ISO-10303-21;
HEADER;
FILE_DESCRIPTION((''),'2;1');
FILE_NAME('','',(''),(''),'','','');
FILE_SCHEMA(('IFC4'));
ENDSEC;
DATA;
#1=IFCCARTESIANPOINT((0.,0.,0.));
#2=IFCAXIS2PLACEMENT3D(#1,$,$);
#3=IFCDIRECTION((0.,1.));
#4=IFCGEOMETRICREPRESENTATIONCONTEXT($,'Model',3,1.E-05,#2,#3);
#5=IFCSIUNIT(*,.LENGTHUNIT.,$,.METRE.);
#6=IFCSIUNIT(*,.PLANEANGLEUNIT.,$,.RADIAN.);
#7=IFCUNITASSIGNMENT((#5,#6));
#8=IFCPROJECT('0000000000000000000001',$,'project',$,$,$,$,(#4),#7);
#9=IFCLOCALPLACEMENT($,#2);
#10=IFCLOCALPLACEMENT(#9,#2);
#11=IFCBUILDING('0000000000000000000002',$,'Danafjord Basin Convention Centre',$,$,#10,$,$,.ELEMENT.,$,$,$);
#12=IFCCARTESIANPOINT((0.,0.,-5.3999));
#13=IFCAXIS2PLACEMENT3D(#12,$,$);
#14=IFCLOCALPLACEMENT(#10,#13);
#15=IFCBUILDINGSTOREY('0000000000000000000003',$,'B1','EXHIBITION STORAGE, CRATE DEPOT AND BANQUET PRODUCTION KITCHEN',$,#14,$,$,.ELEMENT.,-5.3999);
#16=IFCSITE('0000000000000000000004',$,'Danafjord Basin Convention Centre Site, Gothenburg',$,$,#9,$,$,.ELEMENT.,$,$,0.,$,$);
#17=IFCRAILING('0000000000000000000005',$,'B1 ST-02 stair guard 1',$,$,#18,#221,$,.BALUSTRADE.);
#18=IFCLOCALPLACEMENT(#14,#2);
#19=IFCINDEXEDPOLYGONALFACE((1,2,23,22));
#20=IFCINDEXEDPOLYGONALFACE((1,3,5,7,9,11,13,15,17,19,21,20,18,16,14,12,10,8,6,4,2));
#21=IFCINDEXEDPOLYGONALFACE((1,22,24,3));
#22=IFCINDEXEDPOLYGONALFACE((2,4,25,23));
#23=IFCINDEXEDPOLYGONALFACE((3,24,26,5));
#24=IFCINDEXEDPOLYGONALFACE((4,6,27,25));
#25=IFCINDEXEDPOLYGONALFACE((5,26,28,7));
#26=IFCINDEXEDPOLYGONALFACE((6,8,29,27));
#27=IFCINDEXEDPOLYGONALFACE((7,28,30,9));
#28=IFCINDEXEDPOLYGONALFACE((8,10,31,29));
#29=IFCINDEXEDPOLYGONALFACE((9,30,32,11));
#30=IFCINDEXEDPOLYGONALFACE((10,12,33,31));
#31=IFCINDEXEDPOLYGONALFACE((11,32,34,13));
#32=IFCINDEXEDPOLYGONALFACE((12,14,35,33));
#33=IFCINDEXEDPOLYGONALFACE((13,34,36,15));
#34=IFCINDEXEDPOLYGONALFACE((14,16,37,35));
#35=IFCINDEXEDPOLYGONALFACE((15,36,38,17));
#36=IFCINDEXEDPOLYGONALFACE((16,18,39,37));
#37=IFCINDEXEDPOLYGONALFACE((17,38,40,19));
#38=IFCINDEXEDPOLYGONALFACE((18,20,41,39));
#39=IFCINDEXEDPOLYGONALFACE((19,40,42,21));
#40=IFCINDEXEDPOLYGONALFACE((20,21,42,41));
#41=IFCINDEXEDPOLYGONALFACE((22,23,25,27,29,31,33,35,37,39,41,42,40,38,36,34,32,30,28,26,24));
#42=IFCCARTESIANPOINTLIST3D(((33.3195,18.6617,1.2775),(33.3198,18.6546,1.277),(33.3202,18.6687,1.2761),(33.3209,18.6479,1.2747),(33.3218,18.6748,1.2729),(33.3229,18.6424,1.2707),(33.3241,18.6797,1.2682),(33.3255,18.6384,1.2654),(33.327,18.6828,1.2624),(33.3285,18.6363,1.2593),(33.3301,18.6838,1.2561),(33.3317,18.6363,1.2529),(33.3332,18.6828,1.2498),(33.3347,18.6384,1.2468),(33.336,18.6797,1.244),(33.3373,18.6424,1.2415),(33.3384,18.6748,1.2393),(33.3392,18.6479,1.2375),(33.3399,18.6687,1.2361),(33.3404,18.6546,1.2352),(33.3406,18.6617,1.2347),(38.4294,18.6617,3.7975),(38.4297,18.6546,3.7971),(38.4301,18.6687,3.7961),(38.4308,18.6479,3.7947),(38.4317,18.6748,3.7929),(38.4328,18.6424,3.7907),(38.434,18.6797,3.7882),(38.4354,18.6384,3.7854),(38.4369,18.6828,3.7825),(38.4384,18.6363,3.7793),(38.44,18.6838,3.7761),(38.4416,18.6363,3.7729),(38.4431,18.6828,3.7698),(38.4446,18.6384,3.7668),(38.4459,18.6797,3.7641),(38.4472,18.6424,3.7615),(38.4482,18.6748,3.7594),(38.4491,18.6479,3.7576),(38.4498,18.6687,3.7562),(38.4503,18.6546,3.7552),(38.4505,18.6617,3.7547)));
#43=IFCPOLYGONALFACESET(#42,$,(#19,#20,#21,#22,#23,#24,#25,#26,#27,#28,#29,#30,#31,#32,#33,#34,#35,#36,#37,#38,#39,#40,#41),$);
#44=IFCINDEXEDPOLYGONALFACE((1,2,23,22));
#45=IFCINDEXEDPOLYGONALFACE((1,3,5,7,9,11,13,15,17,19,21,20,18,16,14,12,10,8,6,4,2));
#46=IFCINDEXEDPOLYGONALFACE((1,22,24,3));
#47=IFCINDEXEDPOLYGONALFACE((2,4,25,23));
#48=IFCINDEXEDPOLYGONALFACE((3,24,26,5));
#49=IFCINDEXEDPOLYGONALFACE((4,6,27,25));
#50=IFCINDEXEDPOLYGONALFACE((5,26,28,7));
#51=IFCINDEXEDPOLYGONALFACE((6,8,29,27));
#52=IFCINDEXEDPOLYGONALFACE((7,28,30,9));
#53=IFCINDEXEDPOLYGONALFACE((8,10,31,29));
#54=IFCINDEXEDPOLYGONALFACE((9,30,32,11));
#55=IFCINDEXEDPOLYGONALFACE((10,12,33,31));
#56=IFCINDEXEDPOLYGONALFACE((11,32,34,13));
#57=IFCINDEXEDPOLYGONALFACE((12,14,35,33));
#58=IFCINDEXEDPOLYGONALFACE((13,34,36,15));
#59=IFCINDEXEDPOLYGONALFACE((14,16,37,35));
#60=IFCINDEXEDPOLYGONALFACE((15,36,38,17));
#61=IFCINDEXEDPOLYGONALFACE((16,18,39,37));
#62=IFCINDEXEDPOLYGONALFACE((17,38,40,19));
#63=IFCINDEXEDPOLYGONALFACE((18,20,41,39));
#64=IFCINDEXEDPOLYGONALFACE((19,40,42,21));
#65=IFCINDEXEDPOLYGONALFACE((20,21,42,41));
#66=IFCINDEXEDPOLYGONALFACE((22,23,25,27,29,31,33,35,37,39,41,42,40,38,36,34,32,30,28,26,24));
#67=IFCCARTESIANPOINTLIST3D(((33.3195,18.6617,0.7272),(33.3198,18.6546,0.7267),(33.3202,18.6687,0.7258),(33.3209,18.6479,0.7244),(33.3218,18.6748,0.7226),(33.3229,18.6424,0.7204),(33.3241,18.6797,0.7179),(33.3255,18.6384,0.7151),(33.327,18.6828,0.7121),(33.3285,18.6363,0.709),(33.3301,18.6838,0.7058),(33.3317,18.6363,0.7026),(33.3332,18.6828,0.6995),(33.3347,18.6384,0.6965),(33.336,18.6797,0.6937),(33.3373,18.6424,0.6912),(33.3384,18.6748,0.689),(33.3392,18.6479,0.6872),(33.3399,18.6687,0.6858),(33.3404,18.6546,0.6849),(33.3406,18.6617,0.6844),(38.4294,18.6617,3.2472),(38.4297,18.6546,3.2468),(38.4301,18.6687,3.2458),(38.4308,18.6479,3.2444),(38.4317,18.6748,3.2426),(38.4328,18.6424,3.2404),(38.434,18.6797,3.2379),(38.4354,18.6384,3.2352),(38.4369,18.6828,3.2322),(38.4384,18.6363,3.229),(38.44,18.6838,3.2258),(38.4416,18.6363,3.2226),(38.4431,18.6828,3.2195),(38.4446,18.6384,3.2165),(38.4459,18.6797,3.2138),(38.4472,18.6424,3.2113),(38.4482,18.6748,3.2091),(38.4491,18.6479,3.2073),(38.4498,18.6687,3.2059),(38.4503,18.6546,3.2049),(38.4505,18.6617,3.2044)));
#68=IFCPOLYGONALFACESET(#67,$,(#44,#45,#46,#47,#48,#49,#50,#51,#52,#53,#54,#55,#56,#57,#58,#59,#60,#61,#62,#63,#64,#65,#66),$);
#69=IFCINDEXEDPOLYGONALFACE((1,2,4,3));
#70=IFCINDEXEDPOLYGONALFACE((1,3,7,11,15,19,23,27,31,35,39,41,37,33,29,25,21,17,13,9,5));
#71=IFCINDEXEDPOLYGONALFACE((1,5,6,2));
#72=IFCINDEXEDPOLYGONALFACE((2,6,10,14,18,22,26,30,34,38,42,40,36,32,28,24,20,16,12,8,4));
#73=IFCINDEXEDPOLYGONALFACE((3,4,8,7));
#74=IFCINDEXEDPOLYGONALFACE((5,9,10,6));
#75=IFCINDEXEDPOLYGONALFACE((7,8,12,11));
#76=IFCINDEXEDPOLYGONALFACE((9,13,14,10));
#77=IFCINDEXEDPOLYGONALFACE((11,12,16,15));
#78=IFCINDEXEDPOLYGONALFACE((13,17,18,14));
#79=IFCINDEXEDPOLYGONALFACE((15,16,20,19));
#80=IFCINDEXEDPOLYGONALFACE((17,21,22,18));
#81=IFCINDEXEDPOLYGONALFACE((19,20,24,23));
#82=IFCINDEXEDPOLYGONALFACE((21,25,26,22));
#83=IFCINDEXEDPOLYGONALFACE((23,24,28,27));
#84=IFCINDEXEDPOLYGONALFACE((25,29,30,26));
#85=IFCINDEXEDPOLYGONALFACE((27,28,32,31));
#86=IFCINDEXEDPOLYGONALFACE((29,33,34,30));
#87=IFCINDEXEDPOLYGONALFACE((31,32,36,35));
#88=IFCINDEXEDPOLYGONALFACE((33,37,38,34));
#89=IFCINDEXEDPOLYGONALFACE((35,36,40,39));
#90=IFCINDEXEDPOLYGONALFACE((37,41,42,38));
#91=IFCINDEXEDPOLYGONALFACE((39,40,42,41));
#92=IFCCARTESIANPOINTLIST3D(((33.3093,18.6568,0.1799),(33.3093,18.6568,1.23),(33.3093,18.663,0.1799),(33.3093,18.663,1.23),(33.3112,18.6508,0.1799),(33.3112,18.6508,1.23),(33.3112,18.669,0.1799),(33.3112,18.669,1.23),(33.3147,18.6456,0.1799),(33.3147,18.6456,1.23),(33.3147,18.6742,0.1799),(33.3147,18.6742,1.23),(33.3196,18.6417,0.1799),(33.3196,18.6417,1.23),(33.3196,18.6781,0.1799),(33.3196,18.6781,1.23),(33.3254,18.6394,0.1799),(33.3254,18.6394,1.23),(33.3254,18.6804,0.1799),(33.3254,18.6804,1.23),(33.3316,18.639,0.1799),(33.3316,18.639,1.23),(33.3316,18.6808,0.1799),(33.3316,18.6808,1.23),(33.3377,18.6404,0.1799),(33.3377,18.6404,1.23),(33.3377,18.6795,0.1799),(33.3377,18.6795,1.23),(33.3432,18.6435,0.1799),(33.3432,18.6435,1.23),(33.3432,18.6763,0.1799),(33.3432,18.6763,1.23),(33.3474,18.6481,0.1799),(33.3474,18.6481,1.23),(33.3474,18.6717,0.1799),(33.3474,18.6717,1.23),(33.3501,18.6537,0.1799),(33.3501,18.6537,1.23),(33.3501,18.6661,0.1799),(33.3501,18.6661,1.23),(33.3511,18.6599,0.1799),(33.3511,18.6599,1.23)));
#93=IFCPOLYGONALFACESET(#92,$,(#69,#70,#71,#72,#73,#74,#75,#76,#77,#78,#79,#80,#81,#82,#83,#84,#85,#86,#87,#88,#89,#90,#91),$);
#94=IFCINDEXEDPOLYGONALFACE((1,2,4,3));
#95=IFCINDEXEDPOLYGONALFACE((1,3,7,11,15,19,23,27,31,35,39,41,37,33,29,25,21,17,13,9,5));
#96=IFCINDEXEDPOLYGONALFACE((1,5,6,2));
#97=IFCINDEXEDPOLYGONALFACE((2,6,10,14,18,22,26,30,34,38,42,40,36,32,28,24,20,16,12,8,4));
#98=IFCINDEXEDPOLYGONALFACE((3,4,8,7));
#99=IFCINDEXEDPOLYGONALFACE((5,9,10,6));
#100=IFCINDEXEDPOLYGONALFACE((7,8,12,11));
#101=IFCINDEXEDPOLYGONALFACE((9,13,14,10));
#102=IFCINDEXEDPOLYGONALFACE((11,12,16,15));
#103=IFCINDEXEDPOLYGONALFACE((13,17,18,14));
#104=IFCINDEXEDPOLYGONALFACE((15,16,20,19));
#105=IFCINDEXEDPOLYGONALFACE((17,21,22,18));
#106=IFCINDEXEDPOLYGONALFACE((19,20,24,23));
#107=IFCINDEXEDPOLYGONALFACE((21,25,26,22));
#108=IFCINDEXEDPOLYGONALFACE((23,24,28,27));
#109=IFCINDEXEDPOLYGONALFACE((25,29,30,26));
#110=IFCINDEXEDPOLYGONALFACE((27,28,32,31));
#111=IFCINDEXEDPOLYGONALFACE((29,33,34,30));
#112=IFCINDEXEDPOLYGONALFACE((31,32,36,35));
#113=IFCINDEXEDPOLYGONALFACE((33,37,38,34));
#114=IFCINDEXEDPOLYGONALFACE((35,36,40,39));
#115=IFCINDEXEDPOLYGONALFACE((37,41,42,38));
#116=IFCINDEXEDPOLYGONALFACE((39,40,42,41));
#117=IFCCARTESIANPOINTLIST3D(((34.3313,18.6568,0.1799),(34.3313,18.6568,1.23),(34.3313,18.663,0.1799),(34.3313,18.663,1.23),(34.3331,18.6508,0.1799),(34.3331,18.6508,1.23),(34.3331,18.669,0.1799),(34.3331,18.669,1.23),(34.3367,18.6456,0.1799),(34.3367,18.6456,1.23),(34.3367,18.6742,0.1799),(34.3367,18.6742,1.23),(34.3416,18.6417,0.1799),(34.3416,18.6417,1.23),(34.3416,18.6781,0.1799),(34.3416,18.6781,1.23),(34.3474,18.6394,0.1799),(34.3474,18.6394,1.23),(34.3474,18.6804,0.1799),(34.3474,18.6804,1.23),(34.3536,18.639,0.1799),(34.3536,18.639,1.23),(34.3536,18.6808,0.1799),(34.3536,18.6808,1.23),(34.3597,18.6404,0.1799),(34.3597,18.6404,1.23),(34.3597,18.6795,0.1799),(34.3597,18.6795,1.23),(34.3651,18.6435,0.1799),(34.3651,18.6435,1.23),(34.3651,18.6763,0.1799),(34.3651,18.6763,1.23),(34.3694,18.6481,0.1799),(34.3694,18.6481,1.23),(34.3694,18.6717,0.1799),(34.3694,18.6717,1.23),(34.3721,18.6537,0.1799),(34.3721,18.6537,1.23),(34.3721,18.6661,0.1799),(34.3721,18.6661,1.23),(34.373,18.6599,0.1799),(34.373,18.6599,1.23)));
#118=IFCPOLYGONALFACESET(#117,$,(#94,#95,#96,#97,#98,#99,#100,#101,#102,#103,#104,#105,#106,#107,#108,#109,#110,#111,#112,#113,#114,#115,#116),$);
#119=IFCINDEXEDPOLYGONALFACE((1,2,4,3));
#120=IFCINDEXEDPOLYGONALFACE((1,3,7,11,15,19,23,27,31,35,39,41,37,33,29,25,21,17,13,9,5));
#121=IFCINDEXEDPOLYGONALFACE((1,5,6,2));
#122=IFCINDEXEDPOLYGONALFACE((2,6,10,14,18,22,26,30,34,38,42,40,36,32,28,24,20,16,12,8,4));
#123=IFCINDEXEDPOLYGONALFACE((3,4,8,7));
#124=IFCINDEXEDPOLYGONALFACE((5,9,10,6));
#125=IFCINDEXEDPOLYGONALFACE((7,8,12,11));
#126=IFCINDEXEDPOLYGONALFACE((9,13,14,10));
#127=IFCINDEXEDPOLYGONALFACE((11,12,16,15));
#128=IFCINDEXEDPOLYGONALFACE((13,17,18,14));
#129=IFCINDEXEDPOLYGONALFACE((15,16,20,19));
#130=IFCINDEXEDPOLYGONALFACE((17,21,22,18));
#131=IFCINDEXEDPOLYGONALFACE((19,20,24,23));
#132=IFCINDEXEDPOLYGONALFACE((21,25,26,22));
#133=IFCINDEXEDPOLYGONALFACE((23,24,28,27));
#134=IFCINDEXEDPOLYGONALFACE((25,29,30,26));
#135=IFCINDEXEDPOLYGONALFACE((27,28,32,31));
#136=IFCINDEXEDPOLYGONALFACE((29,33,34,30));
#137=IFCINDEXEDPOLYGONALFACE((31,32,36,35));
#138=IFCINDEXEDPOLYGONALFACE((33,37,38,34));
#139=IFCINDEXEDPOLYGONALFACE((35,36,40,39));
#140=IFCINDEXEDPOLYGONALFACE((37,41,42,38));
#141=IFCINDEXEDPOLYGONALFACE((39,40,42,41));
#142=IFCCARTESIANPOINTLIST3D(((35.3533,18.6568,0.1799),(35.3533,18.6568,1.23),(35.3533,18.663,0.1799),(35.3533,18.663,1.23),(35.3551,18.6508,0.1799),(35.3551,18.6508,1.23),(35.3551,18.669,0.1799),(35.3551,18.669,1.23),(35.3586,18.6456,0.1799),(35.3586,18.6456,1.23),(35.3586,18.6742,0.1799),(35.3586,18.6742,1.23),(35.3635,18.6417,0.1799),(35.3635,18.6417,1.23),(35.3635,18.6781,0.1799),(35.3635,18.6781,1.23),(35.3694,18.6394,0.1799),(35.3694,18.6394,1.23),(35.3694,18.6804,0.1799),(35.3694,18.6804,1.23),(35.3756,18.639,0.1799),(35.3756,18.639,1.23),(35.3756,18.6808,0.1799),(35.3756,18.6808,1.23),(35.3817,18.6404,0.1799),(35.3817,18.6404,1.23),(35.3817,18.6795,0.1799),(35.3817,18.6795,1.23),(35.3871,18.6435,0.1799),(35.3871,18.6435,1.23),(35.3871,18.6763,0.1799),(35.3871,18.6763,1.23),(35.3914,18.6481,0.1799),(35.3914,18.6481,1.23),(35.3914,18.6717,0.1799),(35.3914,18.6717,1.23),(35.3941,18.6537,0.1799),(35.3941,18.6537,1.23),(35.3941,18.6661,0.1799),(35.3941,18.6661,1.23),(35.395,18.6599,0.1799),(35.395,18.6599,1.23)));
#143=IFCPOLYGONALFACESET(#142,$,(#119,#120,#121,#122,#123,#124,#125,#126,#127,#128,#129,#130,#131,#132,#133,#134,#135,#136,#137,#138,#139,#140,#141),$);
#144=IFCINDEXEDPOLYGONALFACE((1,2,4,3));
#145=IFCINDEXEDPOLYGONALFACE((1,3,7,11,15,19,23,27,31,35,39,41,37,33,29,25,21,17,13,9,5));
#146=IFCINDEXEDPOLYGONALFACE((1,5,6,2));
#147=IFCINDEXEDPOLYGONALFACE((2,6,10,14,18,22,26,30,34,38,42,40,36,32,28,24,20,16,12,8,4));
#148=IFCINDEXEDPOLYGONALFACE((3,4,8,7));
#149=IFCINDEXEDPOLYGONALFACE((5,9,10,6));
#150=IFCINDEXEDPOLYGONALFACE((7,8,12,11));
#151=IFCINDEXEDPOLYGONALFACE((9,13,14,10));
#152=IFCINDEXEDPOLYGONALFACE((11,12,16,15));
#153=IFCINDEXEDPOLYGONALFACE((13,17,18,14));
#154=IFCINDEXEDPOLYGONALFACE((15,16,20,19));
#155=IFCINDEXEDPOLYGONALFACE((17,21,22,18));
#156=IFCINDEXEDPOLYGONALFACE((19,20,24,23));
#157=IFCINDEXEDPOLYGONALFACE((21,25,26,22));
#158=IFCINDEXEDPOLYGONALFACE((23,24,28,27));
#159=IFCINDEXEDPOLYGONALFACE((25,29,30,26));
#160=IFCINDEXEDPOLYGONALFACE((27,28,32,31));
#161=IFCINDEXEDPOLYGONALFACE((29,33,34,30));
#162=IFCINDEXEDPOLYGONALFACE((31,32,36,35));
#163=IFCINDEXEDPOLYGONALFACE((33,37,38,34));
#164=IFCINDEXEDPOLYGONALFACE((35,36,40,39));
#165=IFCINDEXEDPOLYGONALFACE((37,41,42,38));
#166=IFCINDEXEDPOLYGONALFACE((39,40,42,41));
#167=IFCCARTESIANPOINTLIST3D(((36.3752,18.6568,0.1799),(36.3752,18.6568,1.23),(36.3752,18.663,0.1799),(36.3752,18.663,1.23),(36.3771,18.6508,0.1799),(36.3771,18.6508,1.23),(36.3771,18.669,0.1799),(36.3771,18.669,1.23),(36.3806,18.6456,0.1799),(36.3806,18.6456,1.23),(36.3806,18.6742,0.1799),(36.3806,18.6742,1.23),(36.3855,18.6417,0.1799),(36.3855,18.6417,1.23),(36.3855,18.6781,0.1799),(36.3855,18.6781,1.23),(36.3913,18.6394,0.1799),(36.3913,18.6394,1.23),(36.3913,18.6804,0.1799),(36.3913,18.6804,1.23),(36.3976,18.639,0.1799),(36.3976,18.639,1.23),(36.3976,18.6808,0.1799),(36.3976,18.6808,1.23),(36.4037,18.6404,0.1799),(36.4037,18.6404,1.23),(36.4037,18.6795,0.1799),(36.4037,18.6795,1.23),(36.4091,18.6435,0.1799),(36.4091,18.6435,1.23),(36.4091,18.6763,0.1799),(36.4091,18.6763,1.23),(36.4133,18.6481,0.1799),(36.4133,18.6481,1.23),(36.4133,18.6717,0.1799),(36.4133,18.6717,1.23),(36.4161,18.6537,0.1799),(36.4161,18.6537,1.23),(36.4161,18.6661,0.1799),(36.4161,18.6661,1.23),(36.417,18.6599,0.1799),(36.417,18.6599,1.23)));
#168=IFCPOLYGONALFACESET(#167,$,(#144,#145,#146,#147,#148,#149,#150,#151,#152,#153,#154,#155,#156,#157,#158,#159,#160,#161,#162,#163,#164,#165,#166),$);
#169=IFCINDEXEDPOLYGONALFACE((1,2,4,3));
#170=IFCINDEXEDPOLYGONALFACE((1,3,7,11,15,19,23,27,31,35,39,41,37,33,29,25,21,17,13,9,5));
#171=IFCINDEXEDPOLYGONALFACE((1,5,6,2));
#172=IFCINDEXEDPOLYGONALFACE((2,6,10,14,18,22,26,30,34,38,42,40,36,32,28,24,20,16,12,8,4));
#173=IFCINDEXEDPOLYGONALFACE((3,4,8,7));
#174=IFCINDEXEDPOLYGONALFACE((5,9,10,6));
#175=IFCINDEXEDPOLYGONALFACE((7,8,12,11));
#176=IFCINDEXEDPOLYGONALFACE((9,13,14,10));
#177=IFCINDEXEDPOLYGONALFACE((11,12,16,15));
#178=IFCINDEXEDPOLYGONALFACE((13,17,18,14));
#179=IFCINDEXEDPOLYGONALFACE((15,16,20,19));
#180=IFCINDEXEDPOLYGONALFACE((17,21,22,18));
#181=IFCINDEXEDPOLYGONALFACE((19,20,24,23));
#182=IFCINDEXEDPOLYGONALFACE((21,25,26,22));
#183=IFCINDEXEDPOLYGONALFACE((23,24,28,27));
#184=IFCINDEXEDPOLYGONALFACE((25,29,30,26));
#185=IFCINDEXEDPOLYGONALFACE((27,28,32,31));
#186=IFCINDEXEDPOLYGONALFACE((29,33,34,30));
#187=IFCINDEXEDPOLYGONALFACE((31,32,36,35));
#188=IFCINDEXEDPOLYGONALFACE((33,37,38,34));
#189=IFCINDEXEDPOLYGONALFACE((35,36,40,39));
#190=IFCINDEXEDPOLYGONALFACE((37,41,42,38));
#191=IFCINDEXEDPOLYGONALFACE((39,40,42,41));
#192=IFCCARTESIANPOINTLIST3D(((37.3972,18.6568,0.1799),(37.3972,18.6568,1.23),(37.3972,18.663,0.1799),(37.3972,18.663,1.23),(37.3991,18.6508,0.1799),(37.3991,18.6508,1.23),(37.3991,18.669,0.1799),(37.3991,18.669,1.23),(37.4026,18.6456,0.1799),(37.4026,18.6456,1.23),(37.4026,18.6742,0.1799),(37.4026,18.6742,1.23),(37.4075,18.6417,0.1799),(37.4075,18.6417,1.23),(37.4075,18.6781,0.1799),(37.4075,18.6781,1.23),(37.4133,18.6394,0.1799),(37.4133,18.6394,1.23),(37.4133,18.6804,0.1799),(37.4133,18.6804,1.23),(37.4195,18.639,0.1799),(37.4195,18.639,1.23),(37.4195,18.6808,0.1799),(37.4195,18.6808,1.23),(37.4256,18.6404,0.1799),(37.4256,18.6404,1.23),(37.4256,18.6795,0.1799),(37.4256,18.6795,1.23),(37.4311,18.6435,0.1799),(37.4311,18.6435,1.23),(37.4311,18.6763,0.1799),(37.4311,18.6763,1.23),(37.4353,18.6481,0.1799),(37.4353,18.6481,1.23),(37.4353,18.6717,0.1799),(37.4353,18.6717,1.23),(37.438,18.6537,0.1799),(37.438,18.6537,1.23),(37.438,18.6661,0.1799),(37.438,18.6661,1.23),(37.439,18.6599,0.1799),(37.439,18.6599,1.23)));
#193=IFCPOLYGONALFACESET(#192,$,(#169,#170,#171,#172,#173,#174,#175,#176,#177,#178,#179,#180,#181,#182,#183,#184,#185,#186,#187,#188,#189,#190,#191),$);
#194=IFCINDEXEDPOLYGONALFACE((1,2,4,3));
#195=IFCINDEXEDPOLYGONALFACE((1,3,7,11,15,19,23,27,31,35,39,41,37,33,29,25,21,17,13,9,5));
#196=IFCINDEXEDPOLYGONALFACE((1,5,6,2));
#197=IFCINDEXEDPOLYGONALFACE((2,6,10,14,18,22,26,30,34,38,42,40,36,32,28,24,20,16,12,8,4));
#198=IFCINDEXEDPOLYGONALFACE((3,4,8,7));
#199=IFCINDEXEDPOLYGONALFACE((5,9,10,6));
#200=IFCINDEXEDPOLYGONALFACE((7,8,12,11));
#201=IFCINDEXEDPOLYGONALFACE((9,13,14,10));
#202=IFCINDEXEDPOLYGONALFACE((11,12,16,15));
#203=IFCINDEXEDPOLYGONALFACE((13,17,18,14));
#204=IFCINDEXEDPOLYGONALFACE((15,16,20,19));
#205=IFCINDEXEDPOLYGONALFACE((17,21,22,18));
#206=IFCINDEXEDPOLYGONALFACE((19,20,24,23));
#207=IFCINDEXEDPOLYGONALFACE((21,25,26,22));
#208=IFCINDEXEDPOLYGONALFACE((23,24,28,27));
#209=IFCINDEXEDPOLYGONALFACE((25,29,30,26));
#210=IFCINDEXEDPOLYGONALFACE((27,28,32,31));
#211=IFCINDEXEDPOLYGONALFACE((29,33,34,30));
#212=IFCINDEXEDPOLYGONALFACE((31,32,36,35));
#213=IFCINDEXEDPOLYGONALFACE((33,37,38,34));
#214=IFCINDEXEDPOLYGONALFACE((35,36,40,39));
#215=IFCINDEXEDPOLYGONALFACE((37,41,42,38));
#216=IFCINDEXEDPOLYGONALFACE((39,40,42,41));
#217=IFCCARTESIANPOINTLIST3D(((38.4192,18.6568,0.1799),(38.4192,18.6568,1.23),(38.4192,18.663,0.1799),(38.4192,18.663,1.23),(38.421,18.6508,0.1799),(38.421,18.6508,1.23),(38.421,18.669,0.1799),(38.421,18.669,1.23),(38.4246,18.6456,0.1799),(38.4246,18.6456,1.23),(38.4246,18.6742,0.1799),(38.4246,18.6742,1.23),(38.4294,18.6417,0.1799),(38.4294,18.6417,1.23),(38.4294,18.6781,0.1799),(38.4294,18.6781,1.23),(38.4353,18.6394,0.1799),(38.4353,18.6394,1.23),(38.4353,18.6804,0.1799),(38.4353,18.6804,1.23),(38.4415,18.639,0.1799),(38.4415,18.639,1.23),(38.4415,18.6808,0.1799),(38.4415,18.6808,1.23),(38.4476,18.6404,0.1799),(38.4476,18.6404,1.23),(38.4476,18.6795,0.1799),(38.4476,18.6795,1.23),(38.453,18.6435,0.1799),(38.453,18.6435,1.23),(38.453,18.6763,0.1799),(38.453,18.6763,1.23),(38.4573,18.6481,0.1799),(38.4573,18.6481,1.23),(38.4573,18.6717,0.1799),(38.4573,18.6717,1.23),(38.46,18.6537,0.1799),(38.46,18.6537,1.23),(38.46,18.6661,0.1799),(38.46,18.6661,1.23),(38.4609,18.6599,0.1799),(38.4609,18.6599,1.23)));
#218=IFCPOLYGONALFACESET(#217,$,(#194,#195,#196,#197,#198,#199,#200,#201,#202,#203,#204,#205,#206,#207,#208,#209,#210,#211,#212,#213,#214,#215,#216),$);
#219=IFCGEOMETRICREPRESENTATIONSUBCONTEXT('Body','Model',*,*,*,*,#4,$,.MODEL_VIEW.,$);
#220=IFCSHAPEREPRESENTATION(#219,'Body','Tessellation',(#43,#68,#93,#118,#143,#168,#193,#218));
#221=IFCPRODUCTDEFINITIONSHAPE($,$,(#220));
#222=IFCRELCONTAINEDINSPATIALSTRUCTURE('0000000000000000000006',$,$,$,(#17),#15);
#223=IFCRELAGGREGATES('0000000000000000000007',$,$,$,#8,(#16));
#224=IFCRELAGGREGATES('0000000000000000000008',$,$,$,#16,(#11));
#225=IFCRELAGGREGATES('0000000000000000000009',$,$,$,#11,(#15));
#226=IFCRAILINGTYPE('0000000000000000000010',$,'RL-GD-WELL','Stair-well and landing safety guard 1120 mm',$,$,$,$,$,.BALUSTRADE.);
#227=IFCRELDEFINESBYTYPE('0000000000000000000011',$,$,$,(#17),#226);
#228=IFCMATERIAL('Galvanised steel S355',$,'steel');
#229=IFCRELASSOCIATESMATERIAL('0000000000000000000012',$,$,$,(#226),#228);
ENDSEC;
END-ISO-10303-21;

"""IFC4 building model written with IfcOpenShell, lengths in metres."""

from ifc_helpers import new_model, si_unit, direction, frame, origin, origin_2d, place, context, subcontext, project, spatial, circle, extrude, material, type_object, element, save


model = new_model("IFC4")

# Units and contexts
model_context = context("Model", 3, precision=1e-05, world=origin(), true_north=direction((0.0, 1.0)))
body_context = subcontext(model_context, "Body", "Model", "MODEL_VIEW")
ifc_project = project(units=[si_unit("LENGTHUNIT", "METRE"), si_unit("PLANEANGLEUNIT", "RADIAN")], contexts=[model_context])

# Site, building, storey
site_placement = place(None, origin())
site = spatial("IfcSite", under=ifc_project, at=site_placement, Name="Danafjord Basin Convention Centre Site, Gothenburg", CompositionType="ELEMENT", RefElevation=0.0)
building_placement = place(site_placement, origin())
building = spatial("IfcBuilding", under=site, at=building_placement, Name="Danafjord Basin Convention Centre", CompositionType="ELEMENT")
storey_placement = place(building_placement, frame((0.0, 0.0, -5.3999)))
storey = spatial("IfcBuildingStorey", under=building, at=storey_placement, Name="B1", Description="EXHIBITION STORAGE, CRATE DEPOT AND BANQUET PRODUCTION KITCHEN", CompositionType="ELEMENT", Elevation=-5.3999)

# Railing
ifc_material_1 = material(Name="Galvanised steel S355", Category="steel")
railing_type_1 = type_object("IfcRailingType", Name="RL-GD-WELL", Description="Stair-well and landing safety guard 1120 mm", PredefinedType="BALUSTRADE", material=ifc_material_1)
railing_1_placement = place(storey_placement, frame((33.3301, 18.6599, 0.1799)))
element("IfcRailing", 1, at=railing_1_placement, inside=storey, type_object=railing_type_1, Name="B1 ST-02 stair guard 1", PredefinedType="BALUSTRADE", context=body_context, shape_type="SweptSolid", body=[
    extrude(circle(Radius=0.0239, at=origin_2d()), frame((0.0, 0.0, 1.0762), z_axis=(0.896865, 0.0, 0.442305), x_axis=(0.0, 1.0, 0.0)), (0.0, 0.0, 1.0), 5.6975),
    extrude(circle(Radius=0.0239, at=origin_2d()), frame((0.0, 0.0, 0.5259), z_axis=(0.896865, 0.0, 0.442305), x_axis=(0.0, 1.0, 0.0)), (0.0, 0.0, 1.0), 5.6975),
    extrude(circle(Radius=0.021, at=origin_2d()), origin(), (0.0, 0.0, 1.0), 1.05),
    extrude(circle(Radius=0.021, at=origin_2d()), frame((1.022, 0.0, 0.0)), (0.0, 0.0, 1.0), 1.05),
    extrude(circle(Radius=0.021, at=origin_2d()), frame((2.0439, 0.0, 0.0)), (0.0, 0.0, 1.0), 1.05),
    extrude(circle(Radius=0.021, at=origin_2d()), frame((3.0659, 0.0, 0.0)), (0.0, 0.0, 1.0), 1.05),
    extrude(circle(Radius=0.021, at=origin_2d()), frame((4.0879, 0.0, 0.0)), (0.0, 0.0, 1.0), 1.05),
    extrude(circle(Radius=0.021, at=origin_2d()), frame((5.1099, 0.0, 0.0)), (0.0, 0.0, 1.0), 1.05),
])

save(model, "model.ifc")
